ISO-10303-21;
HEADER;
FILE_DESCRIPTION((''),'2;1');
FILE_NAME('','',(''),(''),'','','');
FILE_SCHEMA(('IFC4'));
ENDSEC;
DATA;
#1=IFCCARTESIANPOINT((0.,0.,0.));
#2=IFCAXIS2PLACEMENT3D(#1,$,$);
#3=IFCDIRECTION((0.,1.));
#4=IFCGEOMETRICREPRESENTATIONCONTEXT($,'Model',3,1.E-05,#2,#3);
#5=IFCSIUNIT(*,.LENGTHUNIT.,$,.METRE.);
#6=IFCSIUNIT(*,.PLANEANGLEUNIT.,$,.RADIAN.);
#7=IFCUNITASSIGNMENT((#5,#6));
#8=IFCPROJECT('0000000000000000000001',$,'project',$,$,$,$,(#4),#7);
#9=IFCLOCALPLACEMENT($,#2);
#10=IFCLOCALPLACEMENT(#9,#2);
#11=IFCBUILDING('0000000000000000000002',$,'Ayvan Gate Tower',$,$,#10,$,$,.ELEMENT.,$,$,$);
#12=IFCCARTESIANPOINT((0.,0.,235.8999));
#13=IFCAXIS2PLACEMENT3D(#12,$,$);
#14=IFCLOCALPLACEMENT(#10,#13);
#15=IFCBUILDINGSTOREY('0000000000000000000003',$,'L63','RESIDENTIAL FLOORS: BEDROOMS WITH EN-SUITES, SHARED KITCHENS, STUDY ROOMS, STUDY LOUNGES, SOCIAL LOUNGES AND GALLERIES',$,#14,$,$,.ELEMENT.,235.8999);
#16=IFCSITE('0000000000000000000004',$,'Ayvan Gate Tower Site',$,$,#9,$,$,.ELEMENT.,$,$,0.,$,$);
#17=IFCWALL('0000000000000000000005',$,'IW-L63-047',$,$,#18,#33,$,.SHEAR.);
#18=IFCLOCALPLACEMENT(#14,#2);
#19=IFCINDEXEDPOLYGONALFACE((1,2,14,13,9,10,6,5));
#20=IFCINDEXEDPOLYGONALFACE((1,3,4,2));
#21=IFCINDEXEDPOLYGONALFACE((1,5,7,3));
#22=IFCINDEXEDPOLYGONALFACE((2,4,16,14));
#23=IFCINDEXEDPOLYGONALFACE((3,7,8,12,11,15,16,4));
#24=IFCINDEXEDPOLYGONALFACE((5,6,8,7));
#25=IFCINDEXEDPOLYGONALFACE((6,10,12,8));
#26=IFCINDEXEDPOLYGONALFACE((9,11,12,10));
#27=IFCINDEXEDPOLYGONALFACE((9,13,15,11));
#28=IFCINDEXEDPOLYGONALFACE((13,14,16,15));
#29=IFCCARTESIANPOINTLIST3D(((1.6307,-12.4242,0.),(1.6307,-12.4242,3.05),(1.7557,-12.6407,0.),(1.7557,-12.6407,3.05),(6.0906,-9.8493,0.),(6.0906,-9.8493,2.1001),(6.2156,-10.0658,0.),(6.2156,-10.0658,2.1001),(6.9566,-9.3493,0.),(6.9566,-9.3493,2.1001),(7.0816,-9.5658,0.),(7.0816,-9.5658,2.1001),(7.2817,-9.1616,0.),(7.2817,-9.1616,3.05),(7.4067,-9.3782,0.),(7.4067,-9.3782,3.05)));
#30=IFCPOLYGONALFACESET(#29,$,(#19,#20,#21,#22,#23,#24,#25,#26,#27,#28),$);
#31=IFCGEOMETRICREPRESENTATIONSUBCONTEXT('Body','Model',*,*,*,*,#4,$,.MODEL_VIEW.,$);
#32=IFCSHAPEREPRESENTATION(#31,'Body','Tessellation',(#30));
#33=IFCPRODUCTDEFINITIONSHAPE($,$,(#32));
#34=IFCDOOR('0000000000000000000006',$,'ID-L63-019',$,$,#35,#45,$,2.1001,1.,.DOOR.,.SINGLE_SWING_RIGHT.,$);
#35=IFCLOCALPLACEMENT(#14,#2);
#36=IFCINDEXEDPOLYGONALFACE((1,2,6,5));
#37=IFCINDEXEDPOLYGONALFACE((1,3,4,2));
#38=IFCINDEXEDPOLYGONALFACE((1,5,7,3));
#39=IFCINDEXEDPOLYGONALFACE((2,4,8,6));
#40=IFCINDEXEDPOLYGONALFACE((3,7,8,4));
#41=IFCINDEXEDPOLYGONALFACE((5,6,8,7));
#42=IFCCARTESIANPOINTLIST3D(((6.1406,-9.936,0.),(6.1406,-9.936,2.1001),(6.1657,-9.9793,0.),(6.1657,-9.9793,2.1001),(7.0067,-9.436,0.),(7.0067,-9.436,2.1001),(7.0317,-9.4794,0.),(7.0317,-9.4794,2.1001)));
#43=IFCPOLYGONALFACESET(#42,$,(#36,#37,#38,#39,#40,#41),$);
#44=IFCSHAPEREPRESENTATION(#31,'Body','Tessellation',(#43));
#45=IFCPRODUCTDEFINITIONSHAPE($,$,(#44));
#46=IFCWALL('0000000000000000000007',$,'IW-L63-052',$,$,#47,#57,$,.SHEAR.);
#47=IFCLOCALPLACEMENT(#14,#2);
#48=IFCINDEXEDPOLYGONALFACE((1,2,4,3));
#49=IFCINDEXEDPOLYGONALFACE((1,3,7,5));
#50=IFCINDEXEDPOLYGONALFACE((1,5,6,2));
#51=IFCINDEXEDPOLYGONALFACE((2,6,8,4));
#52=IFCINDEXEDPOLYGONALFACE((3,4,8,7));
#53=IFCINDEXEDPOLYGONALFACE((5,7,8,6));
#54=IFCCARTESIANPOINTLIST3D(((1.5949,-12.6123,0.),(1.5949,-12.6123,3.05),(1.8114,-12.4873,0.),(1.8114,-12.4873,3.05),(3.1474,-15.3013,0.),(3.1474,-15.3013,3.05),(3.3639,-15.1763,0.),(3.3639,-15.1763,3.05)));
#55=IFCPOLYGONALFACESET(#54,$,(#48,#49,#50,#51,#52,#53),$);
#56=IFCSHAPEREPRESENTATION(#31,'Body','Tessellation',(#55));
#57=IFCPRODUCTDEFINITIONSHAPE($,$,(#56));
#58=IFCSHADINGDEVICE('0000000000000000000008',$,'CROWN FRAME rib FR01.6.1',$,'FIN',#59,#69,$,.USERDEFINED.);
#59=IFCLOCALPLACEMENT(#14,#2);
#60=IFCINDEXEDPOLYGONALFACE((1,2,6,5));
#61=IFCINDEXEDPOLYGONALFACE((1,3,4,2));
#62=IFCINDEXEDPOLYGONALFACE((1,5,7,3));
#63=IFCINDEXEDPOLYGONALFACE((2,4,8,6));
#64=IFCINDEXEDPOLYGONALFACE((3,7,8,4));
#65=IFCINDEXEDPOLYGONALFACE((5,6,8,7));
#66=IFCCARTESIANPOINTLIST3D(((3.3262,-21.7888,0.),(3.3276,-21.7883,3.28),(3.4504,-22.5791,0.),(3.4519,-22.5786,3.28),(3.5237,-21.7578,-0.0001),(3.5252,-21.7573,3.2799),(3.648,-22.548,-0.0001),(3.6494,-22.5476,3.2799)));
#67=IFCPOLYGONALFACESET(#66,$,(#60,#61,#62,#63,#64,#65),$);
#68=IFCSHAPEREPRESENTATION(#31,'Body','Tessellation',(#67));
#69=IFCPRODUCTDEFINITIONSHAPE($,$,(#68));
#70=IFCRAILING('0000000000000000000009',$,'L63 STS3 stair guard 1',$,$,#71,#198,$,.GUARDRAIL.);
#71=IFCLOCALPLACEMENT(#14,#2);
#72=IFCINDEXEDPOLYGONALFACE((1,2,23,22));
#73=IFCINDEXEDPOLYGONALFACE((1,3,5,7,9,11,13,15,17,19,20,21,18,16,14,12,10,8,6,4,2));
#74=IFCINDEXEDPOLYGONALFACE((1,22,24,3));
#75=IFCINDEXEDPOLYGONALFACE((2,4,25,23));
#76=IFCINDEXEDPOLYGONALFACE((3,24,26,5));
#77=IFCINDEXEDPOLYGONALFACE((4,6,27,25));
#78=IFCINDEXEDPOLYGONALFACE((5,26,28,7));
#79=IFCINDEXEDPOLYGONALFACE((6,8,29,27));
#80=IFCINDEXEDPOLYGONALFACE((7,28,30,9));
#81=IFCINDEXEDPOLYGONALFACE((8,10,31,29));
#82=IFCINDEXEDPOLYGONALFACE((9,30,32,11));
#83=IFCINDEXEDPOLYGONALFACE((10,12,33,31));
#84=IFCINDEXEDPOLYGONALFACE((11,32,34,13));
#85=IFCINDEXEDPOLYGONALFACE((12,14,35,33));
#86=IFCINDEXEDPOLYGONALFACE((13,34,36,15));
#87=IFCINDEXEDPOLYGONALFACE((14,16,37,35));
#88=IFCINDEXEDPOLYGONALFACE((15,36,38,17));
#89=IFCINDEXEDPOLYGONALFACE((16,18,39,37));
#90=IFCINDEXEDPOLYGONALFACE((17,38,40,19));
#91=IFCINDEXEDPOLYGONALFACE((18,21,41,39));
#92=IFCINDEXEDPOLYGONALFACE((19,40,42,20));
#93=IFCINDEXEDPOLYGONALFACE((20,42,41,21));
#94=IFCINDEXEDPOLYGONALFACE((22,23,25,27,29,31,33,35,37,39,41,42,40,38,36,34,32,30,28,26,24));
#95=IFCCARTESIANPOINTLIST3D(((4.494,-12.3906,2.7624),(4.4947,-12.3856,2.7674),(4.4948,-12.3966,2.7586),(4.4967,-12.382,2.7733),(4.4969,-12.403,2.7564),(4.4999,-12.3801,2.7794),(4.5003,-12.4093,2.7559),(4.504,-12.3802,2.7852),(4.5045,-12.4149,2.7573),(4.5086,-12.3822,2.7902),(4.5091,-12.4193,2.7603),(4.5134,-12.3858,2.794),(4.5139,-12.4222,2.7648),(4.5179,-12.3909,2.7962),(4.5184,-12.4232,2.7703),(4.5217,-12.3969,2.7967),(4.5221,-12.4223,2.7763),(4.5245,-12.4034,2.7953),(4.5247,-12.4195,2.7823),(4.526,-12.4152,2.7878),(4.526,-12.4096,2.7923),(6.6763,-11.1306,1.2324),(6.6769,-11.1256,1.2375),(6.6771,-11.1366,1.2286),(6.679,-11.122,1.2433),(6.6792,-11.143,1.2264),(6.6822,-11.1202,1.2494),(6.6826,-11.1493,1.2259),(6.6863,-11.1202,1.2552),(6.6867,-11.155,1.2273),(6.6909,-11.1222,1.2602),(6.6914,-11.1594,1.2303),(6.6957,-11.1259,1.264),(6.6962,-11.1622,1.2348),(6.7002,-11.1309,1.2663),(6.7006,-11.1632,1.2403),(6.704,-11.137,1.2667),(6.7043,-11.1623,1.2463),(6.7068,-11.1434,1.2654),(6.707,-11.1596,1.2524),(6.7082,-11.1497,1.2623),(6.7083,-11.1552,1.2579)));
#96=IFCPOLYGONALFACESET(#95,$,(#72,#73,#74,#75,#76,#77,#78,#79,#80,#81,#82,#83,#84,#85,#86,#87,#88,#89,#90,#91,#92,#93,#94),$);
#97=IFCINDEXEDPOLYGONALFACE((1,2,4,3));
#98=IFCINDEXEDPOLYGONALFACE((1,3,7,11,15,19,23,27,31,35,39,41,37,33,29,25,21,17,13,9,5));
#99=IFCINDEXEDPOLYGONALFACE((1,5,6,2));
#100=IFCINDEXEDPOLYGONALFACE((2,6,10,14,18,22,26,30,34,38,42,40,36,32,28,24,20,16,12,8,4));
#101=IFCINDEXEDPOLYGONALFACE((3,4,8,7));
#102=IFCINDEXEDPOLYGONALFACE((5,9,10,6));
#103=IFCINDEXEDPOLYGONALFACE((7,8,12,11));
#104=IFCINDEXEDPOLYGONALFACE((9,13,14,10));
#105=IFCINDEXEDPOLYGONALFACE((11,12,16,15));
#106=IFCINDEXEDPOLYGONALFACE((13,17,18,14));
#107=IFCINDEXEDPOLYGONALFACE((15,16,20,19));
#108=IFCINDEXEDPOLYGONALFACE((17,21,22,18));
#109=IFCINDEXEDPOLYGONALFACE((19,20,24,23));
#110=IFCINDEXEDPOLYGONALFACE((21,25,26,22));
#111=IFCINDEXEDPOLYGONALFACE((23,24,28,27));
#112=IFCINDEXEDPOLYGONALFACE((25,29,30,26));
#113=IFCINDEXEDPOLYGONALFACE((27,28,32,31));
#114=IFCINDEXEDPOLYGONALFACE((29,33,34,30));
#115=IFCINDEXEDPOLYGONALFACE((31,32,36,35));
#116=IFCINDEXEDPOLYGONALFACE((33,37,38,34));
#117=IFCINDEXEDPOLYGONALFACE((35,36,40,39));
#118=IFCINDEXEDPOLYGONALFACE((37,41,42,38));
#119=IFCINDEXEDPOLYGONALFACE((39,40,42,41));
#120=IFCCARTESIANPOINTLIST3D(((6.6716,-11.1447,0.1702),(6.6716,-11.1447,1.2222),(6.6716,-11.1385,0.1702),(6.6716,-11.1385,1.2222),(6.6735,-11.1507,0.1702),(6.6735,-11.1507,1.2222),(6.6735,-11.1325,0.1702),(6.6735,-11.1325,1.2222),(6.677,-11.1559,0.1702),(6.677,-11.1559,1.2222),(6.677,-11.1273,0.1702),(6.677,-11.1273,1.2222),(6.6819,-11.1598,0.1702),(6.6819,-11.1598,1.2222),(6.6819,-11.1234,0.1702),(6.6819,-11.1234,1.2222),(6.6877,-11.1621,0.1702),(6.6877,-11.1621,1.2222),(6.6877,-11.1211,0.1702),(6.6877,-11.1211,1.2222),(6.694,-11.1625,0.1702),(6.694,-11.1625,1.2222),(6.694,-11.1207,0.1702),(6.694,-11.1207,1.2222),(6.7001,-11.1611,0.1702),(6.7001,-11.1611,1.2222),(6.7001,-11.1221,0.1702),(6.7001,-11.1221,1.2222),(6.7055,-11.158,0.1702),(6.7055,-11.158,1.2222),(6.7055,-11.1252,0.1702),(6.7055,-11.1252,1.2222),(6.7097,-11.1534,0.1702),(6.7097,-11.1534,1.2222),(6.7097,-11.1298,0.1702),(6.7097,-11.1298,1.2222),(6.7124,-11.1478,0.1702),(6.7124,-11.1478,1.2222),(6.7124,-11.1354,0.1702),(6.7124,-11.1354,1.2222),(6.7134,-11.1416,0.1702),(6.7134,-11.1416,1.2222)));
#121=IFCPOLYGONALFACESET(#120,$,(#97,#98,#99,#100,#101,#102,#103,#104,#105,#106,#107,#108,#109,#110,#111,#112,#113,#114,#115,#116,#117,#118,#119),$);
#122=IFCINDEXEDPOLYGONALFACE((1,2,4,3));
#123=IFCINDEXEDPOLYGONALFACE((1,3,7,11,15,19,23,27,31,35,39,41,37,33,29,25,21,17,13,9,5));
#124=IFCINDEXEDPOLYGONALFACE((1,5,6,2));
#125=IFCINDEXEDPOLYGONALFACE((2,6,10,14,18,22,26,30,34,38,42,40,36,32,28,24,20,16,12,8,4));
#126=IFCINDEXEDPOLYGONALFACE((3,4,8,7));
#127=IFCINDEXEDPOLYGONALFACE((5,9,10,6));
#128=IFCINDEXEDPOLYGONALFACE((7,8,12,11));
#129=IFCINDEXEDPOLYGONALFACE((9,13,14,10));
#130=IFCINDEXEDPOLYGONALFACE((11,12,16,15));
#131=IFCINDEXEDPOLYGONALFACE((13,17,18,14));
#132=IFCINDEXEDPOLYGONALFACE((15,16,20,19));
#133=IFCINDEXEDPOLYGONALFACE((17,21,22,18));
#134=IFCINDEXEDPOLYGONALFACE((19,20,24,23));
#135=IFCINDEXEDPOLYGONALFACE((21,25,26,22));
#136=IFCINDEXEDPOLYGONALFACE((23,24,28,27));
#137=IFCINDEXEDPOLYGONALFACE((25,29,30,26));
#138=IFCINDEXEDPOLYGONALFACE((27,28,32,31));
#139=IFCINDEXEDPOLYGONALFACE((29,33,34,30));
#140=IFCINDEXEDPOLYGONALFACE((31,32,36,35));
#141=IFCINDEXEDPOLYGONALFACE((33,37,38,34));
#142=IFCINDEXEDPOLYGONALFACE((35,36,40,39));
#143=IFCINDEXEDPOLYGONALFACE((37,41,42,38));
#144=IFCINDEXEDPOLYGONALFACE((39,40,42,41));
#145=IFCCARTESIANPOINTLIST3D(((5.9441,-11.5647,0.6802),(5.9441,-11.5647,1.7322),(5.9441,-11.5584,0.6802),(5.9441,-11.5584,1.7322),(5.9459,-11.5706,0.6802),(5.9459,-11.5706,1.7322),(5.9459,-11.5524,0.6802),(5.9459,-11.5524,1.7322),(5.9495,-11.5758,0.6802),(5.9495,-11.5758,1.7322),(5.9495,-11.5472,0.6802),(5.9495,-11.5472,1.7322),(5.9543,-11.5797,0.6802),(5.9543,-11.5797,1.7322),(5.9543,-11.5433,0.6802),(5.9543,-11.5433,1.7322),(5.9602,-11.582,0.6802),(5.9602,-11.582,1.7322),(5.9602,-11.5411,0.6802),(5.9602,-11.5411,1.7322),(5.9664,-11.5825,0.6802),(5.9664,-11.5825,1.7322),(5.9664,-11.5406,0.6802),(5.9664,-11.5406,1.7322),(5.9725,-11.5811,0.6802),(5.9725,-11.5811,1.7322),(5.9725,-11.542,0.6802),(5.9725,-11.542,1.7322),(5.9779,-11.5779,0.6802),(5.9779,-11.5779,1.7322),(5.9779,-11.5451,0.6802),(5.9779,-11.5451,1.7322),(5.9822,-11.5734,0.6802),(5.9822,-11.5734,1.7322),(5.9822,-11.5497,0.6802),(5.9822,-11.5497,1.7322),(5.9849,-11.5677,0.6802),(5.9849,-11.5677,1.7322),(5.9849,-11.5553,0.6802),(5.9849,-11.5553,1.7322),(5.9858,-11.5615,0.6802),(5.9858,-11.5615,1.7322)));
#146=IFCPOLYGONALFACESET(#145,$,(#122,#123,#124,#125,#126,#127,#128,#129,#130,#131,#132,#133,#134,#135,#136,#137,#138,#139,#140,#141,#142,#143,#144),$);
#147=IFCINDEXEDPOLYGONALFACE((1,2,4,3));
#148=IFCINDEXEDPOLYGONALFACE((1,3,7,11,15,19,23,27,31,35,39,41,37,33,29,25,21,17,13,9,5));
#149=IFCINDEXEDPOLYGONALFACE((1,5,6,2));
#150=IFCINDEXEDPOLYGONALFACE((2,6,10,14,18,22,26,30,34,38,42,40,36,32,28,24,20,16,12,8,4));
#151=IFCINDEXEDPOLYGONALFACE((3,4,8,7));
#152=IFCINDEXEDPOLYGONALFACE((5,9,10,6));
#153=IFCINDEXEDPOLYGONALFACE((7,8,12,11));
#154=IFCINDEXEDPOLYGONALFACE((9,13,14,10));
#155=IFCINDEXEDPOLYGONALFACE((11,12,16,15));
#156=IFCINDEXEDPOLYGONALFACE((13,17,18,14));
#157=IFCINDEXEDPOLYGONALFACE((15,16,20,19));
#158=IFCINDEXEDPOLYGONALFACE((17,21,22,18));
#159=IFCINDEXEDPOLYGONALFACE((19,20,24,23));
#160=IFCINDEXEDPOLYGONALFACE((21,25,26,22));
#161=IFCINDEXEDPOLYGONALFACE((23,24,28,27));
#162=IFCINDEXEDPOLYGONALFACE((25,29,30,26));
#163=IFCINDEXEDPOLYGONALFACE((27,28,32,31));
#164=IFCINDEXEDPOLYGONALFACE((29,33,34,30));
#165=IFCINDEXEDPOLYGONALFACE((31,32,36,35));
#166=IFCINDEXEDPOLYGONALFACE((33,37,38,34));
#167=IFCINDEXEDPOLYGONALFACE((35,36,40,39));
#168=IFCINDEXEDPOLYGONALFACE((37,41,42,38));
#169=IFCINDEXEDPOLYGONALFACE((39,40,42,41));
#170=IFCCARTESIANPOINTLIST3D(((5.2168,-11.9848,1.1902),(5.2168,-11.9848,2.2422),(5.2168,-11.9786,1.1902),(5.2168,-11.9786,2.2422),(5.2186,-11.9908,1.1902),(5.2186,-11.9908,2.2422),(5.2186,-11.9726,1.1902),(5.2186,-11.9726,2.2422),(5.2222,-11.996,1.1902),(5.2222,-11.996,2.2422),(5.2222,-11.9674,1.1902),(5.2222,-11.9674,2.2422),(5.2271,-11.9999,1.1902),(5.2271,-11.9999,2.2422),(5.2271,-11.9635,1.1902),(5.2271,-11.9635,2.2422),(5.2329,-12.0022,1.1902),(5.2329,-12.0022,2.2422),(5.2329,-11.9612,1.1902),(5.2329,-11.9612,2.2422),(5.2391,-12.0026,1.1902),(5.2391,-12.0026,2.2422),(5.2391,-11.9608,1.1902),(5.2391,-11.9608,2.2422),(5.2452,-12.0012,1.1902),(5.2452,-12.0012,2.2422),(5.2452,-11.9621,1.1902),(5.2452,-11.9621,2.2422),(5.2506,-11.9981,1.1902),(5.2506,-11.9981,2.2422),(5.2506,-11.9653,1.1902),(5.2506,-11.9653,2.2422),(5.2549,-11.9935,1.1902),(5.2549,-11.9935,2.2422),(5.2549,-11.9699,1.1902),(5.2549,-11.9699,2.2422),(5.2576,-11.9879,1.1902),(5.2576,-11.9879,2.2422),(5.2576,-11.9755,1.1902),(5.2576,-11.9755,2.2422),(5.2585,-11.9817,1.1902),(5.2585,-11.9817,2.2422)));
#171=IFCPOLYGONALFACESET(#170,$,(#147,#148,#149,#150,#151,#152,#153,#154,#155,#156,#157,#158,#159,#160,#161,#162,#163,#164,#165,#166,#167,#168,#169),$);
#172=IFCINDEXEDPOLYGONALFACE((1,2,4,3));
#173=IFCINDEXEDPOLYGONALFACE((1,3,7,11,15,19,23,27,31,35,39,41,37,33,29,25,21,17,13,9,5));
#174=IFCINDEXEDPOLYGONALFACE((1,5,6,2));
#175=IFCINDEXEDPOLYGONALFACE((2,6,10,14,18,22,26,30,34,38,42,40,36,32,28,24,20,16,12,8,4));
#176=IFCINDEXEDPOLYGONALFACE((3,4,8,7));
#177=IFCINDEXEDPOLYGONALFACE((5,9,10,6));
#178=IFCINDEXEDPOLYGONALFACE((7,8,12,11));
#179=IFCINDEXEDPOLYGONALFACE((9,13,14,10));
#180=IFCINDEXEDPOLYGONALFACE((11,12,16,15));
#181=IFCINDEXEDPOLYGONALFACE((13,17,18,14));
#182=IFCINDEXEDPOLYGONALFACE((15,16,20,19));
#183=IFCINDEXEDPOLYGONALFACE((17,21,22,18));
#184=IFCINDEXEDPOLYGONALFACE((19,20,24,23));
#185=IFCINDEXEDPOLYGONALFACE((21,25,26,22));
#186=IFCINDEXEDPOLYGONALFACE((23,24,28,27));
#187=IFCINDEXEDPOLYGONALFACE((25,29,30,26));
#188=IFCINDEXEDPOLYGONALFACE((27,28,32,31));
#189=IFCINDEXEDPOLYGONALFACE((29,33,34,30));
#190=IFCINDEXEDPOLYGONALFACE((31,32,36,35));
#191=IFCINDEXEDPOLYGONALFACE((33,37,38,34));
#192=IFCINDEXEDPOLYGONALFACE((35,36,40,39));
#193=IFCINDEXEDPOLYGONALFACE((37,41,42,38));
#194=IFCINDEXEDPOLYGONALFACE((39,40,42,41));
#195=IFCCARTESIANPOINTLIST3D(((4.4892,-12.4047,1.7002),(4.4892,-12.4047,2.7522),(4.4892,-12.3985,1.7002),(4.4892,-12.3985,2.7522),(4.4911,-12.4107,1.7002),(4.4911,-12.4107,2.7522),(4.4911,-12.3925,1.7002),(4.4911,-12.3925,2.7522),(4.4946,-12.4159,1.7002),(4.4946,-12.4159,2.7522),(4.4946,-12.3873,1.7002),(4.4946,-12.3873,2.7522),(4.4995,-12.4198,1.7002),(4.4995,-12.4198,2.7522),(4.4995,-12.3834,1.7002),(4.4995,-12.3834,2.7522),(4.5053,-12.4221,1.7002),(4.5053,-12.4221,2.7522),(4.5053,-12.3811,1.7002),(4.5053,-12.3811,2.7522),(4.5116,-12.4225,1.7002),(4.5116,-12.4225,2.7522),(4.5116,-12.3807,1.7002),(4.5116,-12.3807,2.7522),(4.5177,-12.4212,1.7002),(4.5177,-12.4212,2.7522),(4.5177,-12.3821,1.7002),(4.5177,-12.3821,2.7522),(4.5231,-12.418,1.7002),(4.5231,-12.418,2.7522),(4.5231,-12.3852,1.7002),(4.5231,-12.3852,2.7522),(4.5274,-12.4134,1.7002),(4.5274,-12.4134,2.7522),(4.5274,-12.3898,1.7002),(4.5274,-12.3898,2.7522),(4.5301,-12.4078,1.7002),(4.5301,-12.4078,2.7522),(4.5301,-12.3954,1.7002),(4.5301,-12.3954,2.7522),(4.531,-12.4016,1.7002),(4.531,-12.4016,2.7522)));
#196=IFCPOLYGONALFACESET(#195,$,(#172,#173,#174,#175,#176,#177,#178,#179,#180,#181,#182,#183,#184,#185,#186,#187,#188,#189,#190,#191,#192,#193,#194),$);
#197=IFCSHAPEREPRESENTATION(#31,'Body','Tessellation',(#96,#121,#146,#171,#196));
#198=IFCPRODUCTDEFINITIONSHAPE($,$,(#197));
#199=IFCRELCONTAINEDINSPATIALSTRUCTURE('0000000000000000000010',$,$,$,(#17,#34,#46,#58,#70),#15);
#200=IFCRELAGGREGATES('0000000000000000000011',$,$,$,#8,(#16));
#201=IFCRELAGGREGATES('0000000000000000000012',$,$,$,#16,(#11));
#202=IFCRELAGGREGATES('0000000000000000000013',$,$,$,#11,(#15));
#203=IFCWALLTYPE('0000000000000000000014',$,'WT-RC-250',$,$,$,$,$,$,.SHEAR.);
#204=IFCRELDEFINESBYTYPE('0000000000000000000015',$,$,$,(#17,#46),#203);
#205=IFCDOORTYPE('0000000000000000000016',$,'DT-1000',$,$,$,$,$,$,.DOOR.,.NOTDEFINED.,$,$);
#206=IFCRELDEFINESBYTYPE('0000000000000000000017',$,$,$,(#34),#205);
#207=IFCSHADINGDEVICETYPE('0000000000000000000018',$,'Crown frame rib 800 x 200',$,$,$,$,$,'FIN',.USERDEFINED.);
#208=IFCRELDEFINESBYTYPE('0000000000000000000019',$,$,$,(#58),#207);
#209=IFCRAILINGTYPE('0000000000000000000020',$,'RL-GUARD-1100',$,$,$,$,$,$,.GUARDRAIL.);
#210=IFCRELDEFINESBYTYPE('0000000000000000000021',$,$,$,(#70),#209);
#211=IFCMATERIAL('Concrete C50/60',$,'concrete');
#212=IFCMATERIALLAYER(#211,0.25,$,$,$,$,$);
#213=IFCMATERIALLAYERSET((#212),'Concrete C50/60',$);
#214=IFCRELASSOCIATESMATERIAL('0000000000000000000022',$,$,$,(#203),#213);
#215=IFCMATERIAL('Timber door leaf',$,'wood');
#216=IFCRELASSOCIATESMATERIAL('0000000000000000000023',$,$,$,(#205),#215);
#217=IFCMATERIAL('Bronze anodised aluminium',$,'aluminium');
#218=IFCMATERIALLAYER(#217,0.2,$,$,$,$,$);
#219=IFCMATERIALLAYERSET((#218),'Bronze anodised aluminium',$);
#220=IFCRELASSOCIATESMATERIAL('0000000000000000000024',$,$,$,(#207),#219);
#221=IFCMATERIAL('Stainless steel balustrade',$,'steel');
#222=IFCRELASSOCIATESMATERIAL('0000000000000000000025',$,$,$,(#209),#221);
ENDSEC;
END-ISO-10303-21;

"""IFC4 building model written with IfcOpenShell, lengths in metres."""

from ifc_helpers import new_model, si_unit, direction, frame, frame_2d, origin, origin_2d, place, context, subcontext, project, spatial, polyline, rectangle, circle, outline, extrude, material, layer, layer_set, type_object, element, fill, save


model = new_model("IFC4")

# Units and contexts
model_context = context("Model", 3, precision=1e-05, world=origin(), true_north=direction((0.0, 1.0)))
body_context = subcontext(model_context, "Body", "Model", "MODEL_VIEW")
ifc_project = project(units=[si_unit("LENGTHUNIT", "METRE"), si_unit("PLANEANGLEUNIT", "RADIAN")], contexts=[model_context])

# Site, building, storey
site_placement = place(None, origin())
site = spatial("IfcSite", under=ifc_project, at=site_placement, Name="Ayvan Gate Tower Site", CompositionType="ELEMENT", RefElevation=0.0)
building_placement = place(site_placement, origin())
building = spatial("IfcBuilding", under=site, at=building_placement, Name="Ayvan Gate Tower", CompositionType="ELEMENT")
storey_placement = place(building_placement, frame((0.0, 0.0, 235.8999)))
storey = spatial("IfcBuildingStorey", under=building, at=storey_placement, Name="L63", Description="RESIDENTIAL FLOORS: BEDROOMS WITH EN-SUITES, SHARED KITCHENS, STUDY ROOMS, STUDY LOUNGES, SOCIAL LOUNGES AND GALLERIES", CompositionType="ELEMENT", Elevation=235.8999)

# Shared definitions
ifc_material_1 = material(Name="Concrete C50/60", Category="concrete")

# Shared definitions
ifc_material_2 = material(Name="Bronze anodised aluminium", Category="aluminium")

# Shared definitions
ifc_layer_1 = layer(ifc_material_1, 0.25)
ifc_layer_set_1 = layer_set([ifc_layer_1], Name="Concrete C50/60")
wall_type = type_object("IfcWallType", Name="WT-RC-250", PredefinedType="SHEAR", material=ifc_layer_set_1)

# Wall, opening, door
wall_1_placement = place(storey_placement, frame((1.6931, -12.5325, 0.0), z_axis=(0.0, 0.0, 1.0), x_axis=(0.866031, 0.49999, 0.0)))
wall_1 = element("IfcWall", 1, at=wall_1_placement, inside=storey, type_object=wall_type, Name="IW-L63-047", PredefinedType="SHEAR", context=body_context, shape_type="SweptSolid", body=[
    extrude(rectangle(XDim=6.5251, YDim=0.25, at=frame_2d((3.2627, 0.0))), origin(), (0.0, 0.0, 1.0), 3.05),
])
opening_placement = place(wall_1_placement, frame((5.1499, 0.0, 0.0)))
opening = element("IfcOpeningElement", 2, at=opening_placement, cuts=wall_1, PredefinedType="OPENING", context=body_context, shape_type="SweptSolid", body=[
    extrude(rectangle(XDim=1.0, YDim=2.1001, at=frame_2d((0.5, 1.05))), frame((0.0, 0.135, 0.0), z_axis=(0.0, -1.0, 0.0), x_axis=(1.0, 0.0, 0.0)), (0.0, 0.0, 1.0), 0.27),
])
ifc_material_3 = material(Name="Timber door leaf", Category="wood")
door_type = type_object("IfcDoorType", Name="DT-1000", OperationType="NOTDEFINED", PredefinedType="DOOR", material=ifc_material_3)
door_placement = place(opening_placement, origin())
door = element("IfcDoor", 3, at=door_placement, inside=storey, type_object=door_type, Name="ID-L63-019", OperationType="SINGLE_SWING_RIGHT", OverallHeight=2.1001, OverallWidth=1.0, PredefinedType="DOOR", context=body_context, shape_type="SweptSolid", body=[
    extrude(rectangle(XDim=1.0, YDim=2.1001, at=frame_2d((0.5, 1.05))), frame((0.0, 0.0249, 0.0), z_axis=(0.0, -1.0, 0.0), x_axis=(1.0, 0.0, 0.0)), (0.0, 0.0, 1.0), 0.05),
])
fill(opening, door)

# Wall
wall_2_placement = place(storey_placement, frame((3.2556, -15.2388, 0.0), z_axis=(0.0, 0.0, 1.0), x_axis=(-0.500004, 0.866023, 0.0)))
element("IfcWall", 4, at=wall_2_placement, inside=storey, type_object=wall_type, Name="IW-L63-052", PredefinedType="SHEAR", context=body_context, shape_type="SweptSolid", body=[
    extrude(rectangle(XDim=3.105, YDim=0.25, at=frame_2d((1.5525, 0.0))), origin(), (0.0, 0.0, 1.0), 3.05),
])

# Shading device
ifc_layer_2 = layer(ifc_material_2, 0.2)
ifc_layer_set_2 = layer_set([ifc_layer_2], Name="Bronze anodised aluminium")
shading_device_type = type_object("IfcShadingDeviceType", Name="Crown frame rib 800 x 200", ElementType="FIN", PredefinedType="USERDEFINED", material=ifc_layer_set_2)
shading_device_placement = place(storey_placement, frame((3.3262, -21.7888, 0.0), z_axis=(-0.987862, -0.155336, 0.000464), x_axis=(0.155336, -0.987862, 0.0)))
element("IfcShadingDevice", 5, at=shading_device_placement, inside=storey, type_object=shading_device_type, Name="CROWN FRAME rib FR01.6.1", ObjectType="FIN", PredefinedType="USERDEFINED", context=body_context, shape_type="SweptSolid", body=[
    extrude(outline(polyline([(0.0, 0.0), (0.8, 0.0), (0.7997, 3.28), (-0.0003, 3.28), (0.0, 0.0)])), origin(), (0.0, 0.0, -1.0), 0.2),
])

# Railing
ifc_material_4 = material(Name="Stainless steel balustrade", Category="steel")
railing_type_1 = type_object("IfcRailingType", Name="RL-GUARD-1100", PredefinedType="GUARDRAIL", material=ifc_material_4)
railing_1_placement = place(storey_placement, frame((6.6924, -11.1416, 0.1702)))
element("IfcRailing", 6, at=railing_1_placement, inside=storey, type_object=railing_type_1, Name="L63 STS3 stair guard 1", PredefinedType="GUARDRAIL", context=body_context, shape_type="SweptSolid", body=[
    extrude(circle(Radius=0.0239, at=origin_2d()), frame((0.0, 0.0, 1.0762), z_axis=(-0.740261, -0.427395, 0.518986), x_axis=(0.500005, -0.866023, 0.0)), (0.0, 0.0, 1.0), 2.948),
    extrude(circle(Radius=0.021, at=origin_2d()), origin(), (0.0, 0.0, 1.0), 1.052),
    extrude(circle(Radius=0.021, at=origin_2d()), frame((-0.7275, -0.4199, 0.51)), (0.0, 0.0, 1.0), 1.052),
    extrude(circle(Radius=0.021, at=origin_2d()), frame((-1.4548, -0.8401, 1.02)), (0.0, 0.0, 1.0), 1.052),
    extrude(circle(Radius=0.021, at=origin_2d()), frame((-2.1824, -1.26, 1.53)), (0.0, 0.0, 1.0), 1.052),
])

save(model, "model.ifc")
